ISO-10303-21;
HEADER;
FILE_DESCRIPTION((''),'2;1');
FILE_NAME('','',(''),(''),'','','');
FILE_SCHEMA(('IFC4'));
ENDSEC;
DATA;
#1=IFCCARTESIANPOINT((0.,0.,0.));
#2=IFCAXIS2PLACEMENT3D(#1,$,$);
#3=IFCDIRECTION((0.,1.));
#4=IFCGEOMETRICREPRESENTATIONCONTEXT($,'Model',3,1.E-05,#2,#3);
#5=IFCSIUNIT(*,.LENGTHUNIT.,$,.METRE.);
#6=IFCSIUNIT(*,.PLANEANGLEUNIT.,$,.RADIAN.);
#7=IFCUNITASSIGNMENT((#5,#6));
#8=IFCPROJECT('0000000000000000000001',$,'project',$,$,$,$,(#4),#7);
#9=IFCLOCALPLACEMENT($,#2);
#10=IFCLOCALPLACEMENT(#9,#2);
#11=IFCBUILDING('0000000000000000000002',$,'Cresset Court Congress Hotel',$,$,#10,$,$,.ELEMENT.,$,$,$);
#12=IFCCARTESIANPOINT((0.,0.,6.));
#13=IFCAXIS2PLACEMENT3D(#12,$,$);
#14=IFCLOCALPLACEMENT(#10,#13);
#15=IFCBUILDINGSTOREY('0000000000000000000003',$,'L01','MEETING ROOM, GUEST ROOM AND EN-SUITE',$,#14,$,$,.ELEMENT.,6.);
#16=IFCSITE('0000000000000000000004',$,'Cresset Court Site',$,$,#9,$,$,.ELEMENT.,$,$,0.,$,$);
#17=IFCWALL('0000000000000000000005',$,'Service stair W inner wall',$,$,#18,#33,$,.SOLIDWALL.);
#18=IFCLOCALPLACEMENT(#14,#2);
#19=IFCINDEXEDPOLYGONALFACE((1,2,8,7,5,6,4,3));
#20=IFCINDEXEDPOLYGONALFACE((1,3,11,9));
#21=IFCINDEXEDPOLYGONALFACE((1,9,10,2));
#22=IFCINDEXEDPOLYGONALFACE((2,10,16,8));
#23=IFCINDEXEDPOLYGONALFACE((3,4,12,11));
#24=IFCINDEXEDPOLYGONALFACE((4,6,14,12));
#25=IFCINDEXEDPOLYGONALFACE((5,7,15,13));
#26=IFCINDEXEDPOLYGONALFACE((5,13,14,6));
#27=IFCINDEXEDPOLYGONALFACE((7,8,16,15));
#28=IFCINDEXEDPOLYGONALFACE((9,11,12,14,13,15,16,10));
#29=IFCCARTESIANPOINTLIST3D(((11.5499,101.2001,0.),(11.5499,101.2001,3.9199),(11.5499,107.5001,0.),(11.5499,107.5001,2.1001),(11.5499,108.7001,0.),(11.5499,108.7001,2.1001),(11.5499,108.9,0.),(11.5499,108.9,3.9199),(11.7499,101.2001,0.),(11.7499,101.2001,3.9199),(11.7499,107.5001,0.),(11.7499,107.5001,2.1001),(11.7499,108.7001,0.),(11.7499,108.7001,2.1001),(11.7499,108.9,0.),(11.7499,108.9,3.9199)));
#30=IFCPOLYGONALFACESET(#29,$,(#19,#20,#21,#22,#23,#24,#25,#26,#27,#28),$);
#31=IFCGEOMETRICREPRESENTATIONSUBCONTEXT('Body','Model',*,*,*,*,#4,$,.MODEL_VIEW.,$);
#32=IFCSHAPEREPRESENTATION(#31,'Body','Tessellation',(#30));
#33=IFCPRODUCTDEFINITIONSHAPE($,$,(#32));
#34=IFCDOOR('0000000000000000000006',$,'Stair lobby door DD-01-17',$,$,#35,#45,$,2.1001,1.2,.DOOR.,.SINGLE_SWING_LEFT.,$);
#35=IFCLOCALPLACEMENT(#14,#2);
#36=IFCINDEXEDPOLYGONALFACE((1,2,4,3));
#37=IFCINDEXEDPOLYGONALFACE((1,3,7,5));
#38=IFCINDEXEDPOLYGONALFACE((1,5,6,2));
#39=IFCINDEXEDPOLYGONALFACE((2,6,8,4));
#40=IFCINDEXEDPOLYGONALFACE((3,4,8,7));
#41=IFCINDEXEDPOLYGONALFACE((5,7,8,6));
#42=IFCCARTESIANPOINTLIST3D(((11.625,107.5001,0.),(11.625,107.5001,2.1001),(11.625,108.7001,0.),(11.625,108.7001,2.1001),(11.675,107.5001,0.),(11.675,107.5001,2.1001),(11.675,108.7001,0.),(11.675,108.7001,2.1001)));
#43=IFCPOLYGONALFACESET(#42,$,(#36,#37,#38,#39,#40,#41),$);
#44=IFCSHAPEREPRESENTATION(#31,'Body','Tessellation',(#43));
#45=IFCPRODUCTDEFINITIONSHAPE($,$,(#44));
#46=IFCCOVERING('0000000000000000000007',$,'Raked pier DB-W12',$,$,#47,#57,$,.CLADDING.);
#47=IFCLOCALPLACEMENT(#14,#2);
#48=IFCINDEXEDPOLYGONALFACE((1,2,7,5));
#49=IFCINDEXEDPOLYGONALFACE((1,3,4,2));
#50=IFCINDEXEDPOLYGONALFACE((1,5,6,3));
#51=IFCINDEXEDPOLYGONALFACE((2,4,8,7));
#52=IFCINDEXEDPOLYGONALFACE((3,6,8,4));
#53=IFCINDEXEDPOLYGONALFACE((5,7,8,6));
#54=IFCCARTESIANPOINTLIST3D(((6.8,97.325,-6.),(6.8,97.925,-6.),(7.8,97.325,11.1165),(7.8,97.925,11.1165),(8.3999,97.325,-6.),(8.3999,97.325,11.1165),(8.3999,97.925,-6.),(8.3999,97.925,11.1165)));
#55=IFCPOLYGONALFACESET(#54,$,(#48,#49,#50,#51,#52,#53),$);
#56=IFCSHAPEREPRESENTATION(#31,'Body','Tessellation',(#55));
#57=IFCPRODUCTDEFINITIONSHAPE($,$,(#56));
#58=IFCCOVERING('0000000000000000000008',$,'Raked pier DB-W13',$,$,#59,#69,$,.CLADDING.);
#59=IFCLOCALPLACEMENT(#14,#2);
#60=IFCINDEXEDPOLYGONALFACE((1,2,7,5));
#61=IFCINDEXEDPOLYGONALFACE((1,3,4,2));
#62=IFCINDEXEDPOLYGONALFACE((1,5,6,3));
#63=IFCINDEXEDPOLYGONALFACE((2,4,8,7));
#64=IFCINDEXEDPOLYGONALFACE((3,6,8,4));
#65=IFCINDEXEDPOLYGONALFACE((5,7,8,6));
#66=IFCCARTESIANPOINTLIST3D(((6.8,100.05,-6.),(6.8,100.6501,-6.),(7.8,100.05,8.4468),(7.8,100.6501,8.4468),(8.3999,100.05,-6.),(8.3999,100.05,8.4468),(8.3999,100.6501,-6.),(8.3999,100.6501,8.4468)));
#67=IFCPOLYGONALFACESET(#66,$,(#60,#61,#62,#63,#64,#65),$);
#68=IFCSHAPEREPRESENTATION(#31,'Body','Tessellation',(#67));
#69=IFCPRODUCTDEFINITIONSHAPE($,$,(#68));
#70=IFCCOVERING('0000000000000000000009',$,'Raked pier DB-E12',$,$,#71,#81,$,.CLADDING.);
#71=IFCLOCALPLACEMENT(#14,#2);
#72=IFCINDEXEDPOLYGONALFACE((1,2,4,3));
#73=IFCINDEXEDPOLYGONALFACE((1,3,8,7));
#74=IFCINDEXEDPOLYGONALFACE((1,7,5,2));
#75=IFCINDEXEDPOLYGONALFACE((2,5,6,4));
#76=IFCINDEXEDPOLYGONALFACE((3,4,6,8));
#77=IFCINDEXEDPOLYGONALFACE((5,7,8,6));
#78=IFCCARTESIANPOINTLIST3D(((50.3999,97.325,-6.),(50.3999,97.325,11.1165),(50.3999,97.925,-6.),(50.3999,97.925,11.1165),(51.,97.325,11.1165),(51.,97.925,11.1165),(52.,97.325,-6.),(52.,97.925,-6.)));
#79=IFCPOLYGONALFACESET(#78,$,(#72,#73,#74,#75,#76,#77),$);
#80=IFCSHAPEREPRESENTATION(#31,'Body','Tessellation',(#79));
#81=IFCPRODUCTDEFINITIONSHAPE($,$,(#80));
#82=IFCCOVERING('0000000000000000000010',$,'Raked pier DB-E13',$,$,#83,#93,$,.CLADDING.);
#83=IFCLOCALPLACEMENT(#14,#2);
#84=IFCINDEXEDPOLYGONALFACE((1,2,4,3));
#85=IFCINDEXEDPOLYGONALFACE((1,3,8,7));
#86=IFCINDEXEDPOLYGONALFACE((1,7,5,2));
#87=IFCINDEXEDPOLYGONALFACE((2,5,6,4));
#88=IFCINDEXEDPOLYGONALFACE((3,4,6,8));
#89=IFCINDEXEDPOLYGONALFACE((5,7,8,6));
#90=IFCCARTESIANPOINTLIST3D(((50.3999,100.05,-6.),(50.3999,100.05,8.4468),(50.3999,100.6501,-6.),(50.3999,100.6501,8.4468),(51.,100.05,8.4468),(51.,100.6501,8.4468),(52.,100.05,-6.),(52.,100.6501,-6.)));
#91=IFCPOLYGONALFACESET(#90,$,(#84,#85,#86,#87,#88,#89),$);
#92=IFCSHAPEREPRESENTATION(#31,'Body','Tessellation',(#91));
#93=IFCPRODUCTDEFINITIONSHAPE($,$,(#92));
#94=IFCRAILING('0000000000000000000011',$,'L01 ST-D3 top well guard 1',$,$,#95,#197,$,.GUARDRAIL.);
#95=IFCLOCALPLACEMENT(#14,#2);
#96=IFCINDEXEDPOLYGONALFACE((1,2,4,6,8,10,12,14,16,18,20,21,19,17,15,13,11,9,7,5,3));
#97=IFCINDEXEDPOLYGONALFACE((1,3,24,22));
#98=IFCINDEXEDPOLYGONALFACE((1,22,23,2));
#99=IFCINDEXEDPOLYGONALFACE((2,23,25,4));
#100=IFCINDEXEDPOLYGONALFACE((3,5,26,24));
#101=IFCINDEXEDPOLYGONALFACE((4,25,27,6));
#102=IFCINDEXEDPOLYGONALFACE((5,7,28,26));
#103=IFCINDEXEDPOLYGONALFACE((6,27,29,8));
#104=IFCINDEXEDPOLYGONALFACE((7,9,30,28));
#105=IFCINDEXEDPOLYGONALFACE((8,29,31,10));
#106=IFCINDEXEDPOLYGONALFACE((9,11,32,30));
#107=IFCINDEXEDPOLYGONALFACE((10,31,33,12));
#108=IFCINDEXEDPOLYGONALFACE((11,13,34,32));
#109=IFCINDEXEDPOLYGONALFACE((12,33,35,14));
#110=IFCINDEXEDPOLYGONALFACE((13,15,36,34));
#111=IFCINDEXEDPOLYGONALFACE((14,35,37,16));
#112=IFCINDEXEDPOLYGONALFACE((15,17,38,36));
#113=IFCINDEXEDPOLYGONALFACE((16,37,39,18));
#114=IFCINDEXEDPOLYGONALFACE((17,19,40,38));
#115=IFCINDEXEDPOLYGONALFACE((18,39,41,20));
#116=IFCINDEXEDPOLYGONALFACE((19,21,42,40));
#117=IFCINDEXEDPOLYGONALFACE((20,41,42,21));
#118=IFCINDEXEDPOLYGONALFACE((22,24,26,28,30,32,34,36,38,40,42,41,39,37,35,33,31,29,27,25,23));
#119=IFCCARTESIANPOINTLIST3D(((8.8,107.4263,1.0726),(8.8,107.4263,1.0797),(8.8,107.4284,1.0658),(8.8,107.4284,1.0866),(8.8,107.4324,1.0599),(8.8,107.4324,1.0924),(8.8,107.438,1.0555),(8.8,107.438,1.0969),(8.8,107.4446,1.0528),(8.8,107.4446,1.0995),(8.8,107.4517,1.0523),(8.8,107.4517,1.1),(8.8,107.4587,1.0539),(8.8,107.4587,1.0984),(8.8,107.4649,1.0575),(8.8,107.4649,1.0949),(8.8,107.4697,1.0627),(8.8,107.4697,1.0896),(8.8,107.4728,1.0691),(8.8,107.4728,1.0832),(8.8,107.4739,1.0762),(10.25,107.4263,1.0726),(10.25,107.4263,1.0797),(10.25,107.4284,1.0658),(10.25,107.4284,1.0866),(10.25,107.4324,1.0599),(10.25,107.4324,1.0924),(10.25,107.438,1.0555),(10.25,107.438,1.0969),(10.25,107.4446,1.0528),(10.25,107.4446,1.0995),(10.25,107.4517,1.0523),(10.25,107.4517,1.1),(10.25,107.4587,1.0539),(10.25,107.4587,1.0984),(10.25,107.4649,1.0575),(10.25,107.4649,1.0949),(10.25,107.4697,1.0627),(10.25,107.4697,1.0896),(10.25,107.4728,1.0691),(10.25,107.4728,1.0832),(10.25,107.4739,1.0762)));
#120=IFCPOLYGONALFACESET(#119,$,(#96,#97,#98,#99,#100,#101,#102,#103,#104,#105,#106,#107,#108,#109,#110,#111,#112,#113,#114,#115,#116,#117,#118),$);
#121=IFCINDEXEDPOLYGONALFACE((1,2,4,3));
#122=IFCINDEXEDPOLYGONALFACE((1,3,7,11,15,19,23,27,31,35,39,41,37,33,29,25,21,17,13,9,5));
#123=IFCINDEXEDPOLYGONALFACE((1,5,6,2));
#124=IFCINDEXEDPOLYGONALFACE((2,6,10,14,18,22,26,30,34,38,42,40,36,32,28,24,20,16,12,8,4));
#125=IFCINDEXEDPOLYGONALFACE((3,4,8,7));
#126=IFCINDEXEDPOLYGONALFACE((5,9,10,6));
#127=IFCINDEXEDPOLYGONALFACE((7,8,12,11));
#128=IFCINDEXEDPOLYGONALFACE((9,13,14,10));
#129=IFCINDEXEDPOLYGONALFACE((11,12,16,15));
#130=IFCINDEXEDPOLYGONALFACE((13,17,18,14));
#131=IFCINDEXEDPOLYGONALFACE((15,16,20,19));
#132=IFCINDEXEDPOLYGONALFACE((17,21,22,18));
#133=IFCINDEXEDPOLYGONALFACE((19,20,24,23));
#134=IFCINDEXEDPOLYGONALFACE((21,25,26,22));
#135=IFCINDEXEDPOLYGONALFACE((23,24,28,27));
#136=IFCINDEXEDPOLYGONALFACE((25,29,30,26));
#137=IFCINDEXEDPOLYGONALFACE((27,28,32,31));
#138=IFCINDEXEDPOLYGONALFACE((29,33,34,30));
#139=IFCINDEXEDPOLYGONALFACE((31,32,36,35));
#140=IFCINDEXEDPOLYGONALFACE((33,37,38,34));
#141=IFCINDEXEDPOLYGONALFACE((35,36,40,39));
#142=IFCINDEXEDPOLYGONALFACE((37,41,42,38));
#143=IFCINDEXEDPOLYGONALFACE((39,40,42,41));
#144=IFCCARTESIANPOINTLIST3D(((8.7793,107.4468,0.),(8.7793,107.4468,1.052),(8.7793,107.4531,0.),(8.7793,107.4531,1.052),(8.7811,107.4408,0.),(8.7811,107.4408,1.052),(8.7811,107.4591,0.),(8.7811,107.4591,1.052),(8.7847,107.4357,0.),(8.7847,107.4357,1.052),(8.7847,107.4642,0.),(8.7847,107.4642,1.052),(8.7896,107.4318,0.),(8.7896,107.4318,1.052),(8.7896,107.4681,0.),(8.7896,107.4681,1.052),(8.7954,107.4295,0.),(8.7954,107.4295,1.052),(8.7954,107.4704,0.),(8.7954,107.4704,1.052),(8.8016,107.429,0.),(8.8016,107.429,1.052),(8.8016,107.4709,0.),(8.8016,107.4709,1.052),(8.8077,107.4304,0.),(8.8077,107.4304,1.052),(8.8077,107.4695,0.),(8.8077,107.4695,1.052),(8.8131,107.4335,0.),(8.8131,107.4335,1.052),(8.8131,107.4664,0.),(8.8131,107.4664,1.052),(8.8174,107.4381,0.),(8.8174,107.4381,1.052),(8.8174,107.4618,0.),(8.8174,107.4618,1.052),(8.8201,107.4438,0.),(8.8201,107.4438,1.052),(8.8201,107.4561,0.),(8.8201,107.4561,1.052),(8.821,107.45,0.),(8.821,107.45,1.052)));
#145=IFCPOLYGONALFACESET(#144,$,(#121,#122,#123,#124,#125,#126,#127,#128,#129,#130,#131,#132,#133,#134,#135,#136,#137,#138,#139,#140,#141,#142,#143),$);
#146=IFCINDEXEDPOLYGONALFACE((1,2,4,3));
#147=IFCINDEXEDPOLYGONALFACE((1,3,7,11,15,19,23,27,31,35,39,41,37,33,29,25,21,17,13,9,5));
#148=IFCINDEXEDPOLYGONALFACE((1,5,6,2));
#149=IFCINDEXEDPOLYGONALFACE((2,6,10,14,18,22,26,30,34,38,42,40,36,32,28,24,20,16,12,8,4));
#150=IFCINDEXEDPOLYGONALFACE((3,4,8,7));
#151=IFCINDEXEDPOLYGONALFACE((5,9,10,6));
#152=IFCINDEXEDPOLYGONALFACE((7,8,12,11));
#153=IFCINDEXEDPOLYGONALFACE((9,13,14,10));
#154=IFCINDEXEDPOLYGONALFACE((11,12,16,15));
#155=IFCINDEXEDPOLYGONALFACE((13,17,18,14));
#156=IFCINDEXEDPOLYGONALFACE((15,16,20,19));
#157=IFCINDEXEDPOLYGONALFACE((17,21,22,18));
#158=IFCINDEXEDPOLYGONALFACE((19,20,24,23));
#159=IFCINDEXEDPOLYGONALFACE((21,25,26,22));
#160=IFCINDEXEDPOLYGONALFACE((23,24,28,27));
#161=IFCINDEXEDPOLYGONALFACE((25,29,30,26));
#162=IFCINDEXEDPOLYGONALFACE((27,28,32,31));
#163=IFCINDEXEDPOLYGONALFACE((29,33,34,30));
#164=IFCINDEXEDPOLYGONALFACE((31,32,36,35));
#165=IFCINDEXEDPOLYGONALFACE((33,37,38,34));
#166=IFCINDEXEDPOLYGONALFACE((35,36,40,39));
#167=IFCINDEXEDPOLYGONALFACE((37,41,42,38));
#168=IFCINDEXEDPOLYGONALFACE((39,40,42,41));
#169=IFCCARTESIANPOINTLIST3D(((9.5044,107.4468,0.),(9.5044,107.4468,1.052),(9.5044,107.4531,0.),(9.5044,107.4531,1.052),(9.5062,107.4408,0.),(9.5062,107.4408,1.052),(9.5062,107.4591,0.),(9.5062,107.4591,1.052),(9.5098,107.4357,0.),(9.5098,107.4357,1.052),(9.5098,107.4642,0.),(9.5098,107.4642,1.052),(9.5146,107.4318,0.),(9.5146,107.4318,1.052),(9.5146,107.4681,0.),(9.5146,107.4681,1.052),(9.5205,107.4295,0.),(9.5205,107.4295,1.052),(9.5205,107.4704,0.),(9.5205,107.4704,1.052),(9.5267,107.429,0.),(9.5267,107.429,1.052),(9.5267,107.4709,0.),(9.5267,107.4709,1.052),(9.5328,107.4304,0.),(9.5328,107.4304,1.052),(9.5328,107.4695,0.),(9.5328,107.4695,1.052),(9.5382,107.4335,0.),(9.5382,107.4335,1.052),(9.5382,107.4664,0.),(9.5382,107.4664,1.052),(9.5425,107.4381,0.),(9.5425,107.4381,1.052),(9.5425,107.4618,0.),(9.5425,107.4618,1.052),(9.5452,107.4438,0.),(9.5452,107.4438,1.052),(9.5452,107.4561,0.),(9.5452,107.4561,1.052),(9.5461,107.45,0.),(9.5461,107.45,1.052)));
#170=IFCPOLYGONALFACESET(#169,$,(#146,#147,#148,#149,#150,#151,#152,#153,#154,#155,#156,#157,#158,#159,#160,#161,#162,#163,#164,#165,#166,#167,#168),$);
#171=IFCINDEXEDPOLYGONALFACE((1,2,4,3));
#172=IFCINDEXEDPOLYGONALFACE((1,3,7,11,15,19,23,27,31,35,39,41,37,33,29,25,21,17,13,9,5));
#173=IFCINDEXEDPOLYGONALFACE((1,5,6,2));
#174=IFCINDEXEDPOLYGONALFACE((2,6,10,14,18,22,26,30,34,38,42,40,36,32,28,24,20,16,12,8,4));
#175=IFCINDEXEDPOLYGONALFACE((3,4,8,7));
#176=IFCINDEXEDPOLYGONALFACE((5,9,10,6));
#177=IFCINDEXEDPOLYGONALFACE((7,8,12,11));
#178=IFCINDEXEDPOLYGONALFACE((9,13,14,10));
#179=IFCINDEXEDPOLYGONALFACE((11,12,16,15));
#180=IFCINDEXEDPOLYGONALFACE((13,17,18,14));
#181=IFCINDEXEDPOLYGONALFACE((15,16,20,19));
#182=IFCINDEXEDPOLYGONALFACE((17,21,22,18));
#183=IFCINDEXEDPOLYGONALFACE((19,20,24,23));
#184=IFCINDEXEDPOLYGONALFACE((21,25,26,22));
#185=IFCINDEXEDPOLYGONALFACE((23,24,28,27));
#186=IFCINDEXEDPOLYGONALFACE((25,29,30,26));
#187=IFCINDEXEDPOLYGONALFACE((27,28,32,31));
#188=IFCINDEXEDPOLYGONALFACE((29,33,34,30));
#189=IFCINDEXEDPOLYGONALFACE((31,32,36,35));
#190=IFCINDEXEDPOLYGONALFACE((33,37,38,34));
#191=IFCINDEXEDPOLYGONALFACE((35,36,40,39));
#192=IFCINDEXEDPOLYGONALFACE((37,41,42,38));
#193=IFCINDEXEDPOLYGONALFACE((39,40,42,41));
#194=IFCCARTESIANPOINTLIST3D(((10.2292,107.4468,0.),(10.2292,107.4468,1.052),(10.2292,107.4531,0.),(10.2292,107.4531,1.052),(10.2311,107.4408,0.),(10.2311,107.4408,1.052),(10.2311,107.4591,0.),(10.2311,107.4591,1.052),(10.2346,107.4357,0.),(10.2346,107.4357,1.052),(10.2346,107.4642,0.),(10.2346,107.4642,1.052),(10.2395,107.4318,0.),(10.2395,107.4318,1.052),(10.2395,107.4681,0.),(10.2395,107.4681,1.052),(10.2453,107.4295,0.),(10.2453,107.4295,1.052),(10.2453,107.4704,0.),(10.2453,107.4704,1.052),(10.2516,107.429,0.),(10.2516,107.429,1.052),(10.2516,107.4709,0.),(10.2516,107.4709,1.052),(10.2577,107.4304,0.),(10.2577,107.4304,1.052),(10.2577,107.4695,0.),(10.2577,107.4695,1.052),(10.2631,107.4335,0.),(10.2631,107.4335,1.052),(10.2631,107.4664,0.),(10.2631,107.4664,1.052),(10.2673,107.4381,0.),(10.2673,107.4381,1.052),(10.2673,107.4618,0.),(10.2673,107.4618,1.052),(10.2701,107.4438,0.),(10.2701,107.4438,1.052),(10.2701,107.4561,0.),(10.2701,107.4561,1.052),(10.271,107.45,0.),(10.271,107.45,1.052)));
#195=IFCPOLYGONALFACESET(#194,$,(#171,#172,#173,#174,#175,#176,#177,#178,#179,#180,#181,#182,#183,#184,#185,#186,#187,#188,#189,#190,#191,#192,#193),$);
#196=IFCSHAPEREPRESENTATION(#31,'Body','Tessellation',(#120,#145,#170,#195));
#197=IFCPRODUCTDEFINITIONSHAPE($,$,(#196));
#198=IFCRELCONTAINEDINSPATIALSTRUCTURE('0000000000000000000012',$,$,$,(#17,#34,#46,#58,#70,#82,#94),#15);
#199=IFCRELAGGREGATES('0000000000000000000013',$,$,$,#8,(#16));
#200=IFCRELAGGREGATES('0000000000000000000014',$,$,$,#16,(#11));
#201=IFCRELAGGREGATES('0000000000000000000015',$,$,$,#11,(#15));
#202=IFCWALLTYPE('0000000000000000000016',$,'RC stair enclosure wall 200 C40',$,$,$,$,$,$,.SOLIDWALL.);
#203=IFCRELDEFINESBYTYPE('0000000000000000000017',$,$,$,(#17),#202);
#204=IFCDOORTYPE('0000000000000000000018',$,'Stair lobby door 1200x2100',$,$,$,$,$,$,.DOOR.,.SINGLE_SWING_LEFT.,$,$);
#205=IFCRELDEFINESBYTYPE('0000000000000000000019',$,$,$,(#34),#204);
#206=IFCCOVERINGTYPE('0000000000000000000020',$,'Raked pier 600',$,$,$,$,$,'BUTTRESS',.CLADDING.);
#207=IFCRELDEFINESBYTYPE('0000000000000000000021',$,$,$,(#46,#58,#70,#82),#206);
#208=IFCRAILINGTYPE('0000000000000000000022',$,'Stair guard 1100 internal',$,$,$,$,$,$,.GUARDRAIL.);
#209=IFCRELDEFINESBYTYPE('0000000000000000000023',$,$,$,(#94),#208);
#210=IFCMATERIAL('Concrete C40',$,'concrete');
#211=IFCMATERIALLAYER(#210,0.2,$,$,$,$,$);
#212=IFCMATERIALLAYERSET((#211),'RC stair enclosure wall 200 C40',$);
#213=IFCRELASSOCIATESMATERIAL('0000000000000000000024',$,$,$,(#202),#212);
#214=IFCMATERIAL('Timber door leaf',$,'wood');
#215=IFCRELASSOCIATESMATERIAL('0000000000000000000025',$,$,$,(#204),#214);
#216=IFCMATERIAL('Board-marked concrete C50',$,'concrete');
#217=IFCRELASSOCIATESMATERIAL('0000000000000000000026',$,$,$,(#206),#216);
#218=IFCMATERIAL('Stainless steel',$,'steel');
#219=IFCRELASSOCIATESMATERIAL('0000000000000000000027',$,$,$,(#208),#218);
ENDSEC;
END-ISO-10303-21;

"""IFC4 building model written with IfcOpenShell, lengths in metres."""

from ifc_helpers import new_model, si_unit, direction, frame, frame_2d, origin, origin_2d, place, context, subcontext, project, spatial, polyline, rectangle, circle, outline, extrude, material, layer, layer_set, type_object, element, fill, save


model = new_model("IFC4")

# Units and contexts
model_context = context("Model", 3, precision=1e-05, world=origin(), true_north=direction((0.0, 1.0)))
body_context = subcontext(model_context, "Body", "Model", "MODEL_VIEW")
ifc_project = project(units=[si_unit("LENGTHUNIT", "METRE"), si_unit("PLANEANGLEUNIT", "RADIAN")], contexts=[model_context])

# Site, building, storey
site_placement = place(None, origin())
site = spatial("IfcSite", under=ifc_project, at=site_placement, Name="Cresset Court Site", CompositionType="ELEMENT", RefElevation=0.0)
building_placement = place(site_placement, origin())
building = spatial("IfcBuilding", under=site, at=building_placement, Name="Cresset Court Congress Hotel", CompositionType="ELEMENT")
storey_placement = place(building_placement, frame((0.0, 0.0, 6.0)))
storey = spatial("IfcBuildingStorey", under=building, at=storey_placement, Name="L01", Description="MEETING ROOM, GUEST ROOM AND EN-SUITE", CompositionType="ELEMENT", Elevation=6.0)

# Wall, opening, door
ifc_material_1 = material(Name="Concrete C40", Category="concrete")
ifc_layer_1 = layer(ifc_material_1, 0.2)
ifc_layer_set_1 = layer_set([ifc_layer_1], Name="RC stair enclosure wall 200 C40")
wall_type_1 = type_object("IfcWallType", Name="RC stair enclosure wall 200 C40", PredefinedType="SOLIDWALL", material=ifc_layer_set_1)
wall_1_placement = place(storey_placement, frame((11.6499, 101.2, 0.0), z_axis=(0.0, 0.0, 1.0), x_axis=(0.0, 1.0, 0.0)))
wall_1 = element("IfcWall", 1, at=wall_1_placement, inside=storey, type_object=wall_type_1, Name="Service stair W inner wall", PredefinedType="SOLIDWALL", context=body_context, shape_type="SweptSolid", body=[
    extrude(rectangle(XDim=7.7, YDim=0.2, at=frame_2d((3.8501, 0.0))), origin(), (0.0, 0.0, 1.0), 3.9199),
])
opening_1_placement = place(wall_1_placement, frame((6.3, 0.0, 0.0)))
opening_1 = element("IfcOpeningElement", 2, at=opening_1_placement, cuts=wall_1, PredefinedType="OPENING", context=body_context, shape_type="SweptSolid", body=[
    extrude(rectangle(XDim=1.2, YDim=2.1001, at=frame_2d((0.6001, 1.05))), frame((0.0, 0.1099, 0.0), z_axis=(0.0, -1.0, 0.0), x_axis=(1.0, 0.0, 0.0)), (0.0, 0.0, 1.0), 0.22),
])
ifc_material_2 = material(Name="Timber door leaf", Category="wood")
door_type = type_object("IfcDoorType", Name="Stair lobby door 1200x2100", OperationType="SINGLE_SWING_LEFT", PredefinedType="DOOR", material=ifc_material_2)
door_placement = place(opening_1_placement, origin())
door = element("IfcDoor", 3, at=door_placement, inside=storey, type_object=door_type, Name="Stair lobby door DD-01-17", OperationType="SINGLE_SWING_LEFT", OverallHeight=2.1001, OverallWidth=1.2, PredefinedType="DOOR", context=body_context, shape_type="SweptSolid", body=[
    extrude(rectangle(XDim=1.2, YDim=2.1001, at=frame_2d((0.6001, 1.05))), frame((0.0, 0.0249, 0.0), z_axis=(0.0, -1.0, 0.0), x_axis=(1.0, 0.0, 0.0)), (0.0, 0.0, 1.0), 0.05),
])
fill(opening_1, door)

# Coverings
ifc_material_3 = material(Name="Board-marked concrete C50", Category="concrete")
covering_type = type_object("IfcCoveringType", Name="Raked pier 600", ElementType="BUTTRESS", PredefinedType="CLADDING", material=ifc_material_3)
covering_1_placement = place(storey_placement, frame((0.0, 97.625, -6.0)))
element("IfcCovering", 4, at=covering_1_placement, inside=storey, type_object=covering_type, Name="Raked pier DB-W12", PredefinedType="CLADDING", context=body_context, shape_type="SweptSolid", body=[
    extrude(outline(polyline([(8.3999, 17.1165), (7.8, 17.1165), (6.8, 0.0), (8.3999, 0.0), (8.3999, 17.1165)])), frame((0.0, 0.3, 0.0), z_axis=(0.0, -1.0, 0.0), x_axis=(1.0, 0.0, 0.0)), (0.0, 0.0, 1.0), 0.6001),
])
covering_2_placement = place(storey_placement, frame((0.0, 100.3501, -6.0)))
element("IfcCovering", 5, at=covering_2_placement, inside=storey, type_object=covering_type, Name="Raked pier DB-W13", PredefinedType="CLADDING", context=body_context, shape_type="SweptSolid", body=[
    extrude(outline(polyline([(8.3999, 14.4468), (7.8, 14.4468), (6.8, 0.0), (8.3999, 0.0), (8.3999, 14.4468)])), frame((0.0, 0.3, 0.0), z_axis=(0.0, -1.0, 0.0), x_axis=(1.0, 0.0, 0.0)), (0.0, 0.0, 1.0), 0.6001),
])
covering_3_placement = place(storey_placement, frame((0.0, 97.625, -6.0)))
element("IfcCovering", 6, at=covering_3_placement, inside=storey, type_object=covering_type, Name="Raked pier DB-E12", PredefinedType="CLADDING", context=body_context, shape_type="SweptSolid", body=[
    extrude(outline(polyline([(50.3999, 0.0), (52.0, 0.0), (51.0, 17.1165), (50.3999, 17.1165), (50.3999, 0.0)])), frame((0.0, 0.3, 0.0), z_axis=(0.0, -1.0, 0.0), x_axis=(1.0, 0.0, 0.0)), (0.0, 0.0, 1.0), 0.6001),
])
covering_4_placement = place(storey_placement, frame((0.0, 100.3501, -6.0)))
element("IfcCovering", 7, at=covering_4_placement, inside=storey, type_object=covering_type, Name="Raked pier DB-E13", PredefinedType="CLADDING", context=body_context, shape_type="SweptSolid", body=[
    extrude(outline(polyline([(50.3999, 0.0), (52.0, 0.0), (51.0, 14.4468), (50.3999, 14.4468), (50.3999, 0.0)])), frame((0.0, 0.3, 0.0), z_axis=(0.0, -1.0, 0.0), x_axis=(1.0, 0.0, 0.0)), (0.0, 0.0, 1.0), 0.6001),
])

# Railing
ifc_material_4 = material(Name="Stainless steel", Category="steel")
railing_type = type_object("IfcRailingType", Name="Stair guard 1100 internal", PredefinedType="GUARDRAIL", material=ifc_material_4)
railing_placement = place(storey_placement, frame((8.8, 107.45, 0.0)))
element("IfcRailing", 8, at=railing_placement, inside=storey, type_object=railing_type, Name="L01 ST-D3 top well guard 1", PredefinedType="GUARDRAIL", context=body_context, shape_type="SweptSolid", body=[
    extrude(circle(Radius=0.0239, at=origin_2d()), frame((0.0, 0.0, 1.0762), z_axis=(1.0, 0.0, 0.0), x_axis=(0.0, 1.0, 0.0)), (0.0, 0.0, 1.0), 1.45),
    extrude(circle(Radius=0.021, at=origin_2d()), origin(), (0.0, 0.0, 1.0), 1.052),
    extrude(circle(Radius=0.021, at=origin_2d()), frame((0.7251, 0.0, 0.0)), (0.0, 0.0, 1.0), 1.052),
    extrude(circle(Radius=0.021, at=origin_2d()), frame((1.45, 0.0, 0.0)), (0.0, 0.0, 1.0), 1.052),
])

save(model, "model.ifc")
